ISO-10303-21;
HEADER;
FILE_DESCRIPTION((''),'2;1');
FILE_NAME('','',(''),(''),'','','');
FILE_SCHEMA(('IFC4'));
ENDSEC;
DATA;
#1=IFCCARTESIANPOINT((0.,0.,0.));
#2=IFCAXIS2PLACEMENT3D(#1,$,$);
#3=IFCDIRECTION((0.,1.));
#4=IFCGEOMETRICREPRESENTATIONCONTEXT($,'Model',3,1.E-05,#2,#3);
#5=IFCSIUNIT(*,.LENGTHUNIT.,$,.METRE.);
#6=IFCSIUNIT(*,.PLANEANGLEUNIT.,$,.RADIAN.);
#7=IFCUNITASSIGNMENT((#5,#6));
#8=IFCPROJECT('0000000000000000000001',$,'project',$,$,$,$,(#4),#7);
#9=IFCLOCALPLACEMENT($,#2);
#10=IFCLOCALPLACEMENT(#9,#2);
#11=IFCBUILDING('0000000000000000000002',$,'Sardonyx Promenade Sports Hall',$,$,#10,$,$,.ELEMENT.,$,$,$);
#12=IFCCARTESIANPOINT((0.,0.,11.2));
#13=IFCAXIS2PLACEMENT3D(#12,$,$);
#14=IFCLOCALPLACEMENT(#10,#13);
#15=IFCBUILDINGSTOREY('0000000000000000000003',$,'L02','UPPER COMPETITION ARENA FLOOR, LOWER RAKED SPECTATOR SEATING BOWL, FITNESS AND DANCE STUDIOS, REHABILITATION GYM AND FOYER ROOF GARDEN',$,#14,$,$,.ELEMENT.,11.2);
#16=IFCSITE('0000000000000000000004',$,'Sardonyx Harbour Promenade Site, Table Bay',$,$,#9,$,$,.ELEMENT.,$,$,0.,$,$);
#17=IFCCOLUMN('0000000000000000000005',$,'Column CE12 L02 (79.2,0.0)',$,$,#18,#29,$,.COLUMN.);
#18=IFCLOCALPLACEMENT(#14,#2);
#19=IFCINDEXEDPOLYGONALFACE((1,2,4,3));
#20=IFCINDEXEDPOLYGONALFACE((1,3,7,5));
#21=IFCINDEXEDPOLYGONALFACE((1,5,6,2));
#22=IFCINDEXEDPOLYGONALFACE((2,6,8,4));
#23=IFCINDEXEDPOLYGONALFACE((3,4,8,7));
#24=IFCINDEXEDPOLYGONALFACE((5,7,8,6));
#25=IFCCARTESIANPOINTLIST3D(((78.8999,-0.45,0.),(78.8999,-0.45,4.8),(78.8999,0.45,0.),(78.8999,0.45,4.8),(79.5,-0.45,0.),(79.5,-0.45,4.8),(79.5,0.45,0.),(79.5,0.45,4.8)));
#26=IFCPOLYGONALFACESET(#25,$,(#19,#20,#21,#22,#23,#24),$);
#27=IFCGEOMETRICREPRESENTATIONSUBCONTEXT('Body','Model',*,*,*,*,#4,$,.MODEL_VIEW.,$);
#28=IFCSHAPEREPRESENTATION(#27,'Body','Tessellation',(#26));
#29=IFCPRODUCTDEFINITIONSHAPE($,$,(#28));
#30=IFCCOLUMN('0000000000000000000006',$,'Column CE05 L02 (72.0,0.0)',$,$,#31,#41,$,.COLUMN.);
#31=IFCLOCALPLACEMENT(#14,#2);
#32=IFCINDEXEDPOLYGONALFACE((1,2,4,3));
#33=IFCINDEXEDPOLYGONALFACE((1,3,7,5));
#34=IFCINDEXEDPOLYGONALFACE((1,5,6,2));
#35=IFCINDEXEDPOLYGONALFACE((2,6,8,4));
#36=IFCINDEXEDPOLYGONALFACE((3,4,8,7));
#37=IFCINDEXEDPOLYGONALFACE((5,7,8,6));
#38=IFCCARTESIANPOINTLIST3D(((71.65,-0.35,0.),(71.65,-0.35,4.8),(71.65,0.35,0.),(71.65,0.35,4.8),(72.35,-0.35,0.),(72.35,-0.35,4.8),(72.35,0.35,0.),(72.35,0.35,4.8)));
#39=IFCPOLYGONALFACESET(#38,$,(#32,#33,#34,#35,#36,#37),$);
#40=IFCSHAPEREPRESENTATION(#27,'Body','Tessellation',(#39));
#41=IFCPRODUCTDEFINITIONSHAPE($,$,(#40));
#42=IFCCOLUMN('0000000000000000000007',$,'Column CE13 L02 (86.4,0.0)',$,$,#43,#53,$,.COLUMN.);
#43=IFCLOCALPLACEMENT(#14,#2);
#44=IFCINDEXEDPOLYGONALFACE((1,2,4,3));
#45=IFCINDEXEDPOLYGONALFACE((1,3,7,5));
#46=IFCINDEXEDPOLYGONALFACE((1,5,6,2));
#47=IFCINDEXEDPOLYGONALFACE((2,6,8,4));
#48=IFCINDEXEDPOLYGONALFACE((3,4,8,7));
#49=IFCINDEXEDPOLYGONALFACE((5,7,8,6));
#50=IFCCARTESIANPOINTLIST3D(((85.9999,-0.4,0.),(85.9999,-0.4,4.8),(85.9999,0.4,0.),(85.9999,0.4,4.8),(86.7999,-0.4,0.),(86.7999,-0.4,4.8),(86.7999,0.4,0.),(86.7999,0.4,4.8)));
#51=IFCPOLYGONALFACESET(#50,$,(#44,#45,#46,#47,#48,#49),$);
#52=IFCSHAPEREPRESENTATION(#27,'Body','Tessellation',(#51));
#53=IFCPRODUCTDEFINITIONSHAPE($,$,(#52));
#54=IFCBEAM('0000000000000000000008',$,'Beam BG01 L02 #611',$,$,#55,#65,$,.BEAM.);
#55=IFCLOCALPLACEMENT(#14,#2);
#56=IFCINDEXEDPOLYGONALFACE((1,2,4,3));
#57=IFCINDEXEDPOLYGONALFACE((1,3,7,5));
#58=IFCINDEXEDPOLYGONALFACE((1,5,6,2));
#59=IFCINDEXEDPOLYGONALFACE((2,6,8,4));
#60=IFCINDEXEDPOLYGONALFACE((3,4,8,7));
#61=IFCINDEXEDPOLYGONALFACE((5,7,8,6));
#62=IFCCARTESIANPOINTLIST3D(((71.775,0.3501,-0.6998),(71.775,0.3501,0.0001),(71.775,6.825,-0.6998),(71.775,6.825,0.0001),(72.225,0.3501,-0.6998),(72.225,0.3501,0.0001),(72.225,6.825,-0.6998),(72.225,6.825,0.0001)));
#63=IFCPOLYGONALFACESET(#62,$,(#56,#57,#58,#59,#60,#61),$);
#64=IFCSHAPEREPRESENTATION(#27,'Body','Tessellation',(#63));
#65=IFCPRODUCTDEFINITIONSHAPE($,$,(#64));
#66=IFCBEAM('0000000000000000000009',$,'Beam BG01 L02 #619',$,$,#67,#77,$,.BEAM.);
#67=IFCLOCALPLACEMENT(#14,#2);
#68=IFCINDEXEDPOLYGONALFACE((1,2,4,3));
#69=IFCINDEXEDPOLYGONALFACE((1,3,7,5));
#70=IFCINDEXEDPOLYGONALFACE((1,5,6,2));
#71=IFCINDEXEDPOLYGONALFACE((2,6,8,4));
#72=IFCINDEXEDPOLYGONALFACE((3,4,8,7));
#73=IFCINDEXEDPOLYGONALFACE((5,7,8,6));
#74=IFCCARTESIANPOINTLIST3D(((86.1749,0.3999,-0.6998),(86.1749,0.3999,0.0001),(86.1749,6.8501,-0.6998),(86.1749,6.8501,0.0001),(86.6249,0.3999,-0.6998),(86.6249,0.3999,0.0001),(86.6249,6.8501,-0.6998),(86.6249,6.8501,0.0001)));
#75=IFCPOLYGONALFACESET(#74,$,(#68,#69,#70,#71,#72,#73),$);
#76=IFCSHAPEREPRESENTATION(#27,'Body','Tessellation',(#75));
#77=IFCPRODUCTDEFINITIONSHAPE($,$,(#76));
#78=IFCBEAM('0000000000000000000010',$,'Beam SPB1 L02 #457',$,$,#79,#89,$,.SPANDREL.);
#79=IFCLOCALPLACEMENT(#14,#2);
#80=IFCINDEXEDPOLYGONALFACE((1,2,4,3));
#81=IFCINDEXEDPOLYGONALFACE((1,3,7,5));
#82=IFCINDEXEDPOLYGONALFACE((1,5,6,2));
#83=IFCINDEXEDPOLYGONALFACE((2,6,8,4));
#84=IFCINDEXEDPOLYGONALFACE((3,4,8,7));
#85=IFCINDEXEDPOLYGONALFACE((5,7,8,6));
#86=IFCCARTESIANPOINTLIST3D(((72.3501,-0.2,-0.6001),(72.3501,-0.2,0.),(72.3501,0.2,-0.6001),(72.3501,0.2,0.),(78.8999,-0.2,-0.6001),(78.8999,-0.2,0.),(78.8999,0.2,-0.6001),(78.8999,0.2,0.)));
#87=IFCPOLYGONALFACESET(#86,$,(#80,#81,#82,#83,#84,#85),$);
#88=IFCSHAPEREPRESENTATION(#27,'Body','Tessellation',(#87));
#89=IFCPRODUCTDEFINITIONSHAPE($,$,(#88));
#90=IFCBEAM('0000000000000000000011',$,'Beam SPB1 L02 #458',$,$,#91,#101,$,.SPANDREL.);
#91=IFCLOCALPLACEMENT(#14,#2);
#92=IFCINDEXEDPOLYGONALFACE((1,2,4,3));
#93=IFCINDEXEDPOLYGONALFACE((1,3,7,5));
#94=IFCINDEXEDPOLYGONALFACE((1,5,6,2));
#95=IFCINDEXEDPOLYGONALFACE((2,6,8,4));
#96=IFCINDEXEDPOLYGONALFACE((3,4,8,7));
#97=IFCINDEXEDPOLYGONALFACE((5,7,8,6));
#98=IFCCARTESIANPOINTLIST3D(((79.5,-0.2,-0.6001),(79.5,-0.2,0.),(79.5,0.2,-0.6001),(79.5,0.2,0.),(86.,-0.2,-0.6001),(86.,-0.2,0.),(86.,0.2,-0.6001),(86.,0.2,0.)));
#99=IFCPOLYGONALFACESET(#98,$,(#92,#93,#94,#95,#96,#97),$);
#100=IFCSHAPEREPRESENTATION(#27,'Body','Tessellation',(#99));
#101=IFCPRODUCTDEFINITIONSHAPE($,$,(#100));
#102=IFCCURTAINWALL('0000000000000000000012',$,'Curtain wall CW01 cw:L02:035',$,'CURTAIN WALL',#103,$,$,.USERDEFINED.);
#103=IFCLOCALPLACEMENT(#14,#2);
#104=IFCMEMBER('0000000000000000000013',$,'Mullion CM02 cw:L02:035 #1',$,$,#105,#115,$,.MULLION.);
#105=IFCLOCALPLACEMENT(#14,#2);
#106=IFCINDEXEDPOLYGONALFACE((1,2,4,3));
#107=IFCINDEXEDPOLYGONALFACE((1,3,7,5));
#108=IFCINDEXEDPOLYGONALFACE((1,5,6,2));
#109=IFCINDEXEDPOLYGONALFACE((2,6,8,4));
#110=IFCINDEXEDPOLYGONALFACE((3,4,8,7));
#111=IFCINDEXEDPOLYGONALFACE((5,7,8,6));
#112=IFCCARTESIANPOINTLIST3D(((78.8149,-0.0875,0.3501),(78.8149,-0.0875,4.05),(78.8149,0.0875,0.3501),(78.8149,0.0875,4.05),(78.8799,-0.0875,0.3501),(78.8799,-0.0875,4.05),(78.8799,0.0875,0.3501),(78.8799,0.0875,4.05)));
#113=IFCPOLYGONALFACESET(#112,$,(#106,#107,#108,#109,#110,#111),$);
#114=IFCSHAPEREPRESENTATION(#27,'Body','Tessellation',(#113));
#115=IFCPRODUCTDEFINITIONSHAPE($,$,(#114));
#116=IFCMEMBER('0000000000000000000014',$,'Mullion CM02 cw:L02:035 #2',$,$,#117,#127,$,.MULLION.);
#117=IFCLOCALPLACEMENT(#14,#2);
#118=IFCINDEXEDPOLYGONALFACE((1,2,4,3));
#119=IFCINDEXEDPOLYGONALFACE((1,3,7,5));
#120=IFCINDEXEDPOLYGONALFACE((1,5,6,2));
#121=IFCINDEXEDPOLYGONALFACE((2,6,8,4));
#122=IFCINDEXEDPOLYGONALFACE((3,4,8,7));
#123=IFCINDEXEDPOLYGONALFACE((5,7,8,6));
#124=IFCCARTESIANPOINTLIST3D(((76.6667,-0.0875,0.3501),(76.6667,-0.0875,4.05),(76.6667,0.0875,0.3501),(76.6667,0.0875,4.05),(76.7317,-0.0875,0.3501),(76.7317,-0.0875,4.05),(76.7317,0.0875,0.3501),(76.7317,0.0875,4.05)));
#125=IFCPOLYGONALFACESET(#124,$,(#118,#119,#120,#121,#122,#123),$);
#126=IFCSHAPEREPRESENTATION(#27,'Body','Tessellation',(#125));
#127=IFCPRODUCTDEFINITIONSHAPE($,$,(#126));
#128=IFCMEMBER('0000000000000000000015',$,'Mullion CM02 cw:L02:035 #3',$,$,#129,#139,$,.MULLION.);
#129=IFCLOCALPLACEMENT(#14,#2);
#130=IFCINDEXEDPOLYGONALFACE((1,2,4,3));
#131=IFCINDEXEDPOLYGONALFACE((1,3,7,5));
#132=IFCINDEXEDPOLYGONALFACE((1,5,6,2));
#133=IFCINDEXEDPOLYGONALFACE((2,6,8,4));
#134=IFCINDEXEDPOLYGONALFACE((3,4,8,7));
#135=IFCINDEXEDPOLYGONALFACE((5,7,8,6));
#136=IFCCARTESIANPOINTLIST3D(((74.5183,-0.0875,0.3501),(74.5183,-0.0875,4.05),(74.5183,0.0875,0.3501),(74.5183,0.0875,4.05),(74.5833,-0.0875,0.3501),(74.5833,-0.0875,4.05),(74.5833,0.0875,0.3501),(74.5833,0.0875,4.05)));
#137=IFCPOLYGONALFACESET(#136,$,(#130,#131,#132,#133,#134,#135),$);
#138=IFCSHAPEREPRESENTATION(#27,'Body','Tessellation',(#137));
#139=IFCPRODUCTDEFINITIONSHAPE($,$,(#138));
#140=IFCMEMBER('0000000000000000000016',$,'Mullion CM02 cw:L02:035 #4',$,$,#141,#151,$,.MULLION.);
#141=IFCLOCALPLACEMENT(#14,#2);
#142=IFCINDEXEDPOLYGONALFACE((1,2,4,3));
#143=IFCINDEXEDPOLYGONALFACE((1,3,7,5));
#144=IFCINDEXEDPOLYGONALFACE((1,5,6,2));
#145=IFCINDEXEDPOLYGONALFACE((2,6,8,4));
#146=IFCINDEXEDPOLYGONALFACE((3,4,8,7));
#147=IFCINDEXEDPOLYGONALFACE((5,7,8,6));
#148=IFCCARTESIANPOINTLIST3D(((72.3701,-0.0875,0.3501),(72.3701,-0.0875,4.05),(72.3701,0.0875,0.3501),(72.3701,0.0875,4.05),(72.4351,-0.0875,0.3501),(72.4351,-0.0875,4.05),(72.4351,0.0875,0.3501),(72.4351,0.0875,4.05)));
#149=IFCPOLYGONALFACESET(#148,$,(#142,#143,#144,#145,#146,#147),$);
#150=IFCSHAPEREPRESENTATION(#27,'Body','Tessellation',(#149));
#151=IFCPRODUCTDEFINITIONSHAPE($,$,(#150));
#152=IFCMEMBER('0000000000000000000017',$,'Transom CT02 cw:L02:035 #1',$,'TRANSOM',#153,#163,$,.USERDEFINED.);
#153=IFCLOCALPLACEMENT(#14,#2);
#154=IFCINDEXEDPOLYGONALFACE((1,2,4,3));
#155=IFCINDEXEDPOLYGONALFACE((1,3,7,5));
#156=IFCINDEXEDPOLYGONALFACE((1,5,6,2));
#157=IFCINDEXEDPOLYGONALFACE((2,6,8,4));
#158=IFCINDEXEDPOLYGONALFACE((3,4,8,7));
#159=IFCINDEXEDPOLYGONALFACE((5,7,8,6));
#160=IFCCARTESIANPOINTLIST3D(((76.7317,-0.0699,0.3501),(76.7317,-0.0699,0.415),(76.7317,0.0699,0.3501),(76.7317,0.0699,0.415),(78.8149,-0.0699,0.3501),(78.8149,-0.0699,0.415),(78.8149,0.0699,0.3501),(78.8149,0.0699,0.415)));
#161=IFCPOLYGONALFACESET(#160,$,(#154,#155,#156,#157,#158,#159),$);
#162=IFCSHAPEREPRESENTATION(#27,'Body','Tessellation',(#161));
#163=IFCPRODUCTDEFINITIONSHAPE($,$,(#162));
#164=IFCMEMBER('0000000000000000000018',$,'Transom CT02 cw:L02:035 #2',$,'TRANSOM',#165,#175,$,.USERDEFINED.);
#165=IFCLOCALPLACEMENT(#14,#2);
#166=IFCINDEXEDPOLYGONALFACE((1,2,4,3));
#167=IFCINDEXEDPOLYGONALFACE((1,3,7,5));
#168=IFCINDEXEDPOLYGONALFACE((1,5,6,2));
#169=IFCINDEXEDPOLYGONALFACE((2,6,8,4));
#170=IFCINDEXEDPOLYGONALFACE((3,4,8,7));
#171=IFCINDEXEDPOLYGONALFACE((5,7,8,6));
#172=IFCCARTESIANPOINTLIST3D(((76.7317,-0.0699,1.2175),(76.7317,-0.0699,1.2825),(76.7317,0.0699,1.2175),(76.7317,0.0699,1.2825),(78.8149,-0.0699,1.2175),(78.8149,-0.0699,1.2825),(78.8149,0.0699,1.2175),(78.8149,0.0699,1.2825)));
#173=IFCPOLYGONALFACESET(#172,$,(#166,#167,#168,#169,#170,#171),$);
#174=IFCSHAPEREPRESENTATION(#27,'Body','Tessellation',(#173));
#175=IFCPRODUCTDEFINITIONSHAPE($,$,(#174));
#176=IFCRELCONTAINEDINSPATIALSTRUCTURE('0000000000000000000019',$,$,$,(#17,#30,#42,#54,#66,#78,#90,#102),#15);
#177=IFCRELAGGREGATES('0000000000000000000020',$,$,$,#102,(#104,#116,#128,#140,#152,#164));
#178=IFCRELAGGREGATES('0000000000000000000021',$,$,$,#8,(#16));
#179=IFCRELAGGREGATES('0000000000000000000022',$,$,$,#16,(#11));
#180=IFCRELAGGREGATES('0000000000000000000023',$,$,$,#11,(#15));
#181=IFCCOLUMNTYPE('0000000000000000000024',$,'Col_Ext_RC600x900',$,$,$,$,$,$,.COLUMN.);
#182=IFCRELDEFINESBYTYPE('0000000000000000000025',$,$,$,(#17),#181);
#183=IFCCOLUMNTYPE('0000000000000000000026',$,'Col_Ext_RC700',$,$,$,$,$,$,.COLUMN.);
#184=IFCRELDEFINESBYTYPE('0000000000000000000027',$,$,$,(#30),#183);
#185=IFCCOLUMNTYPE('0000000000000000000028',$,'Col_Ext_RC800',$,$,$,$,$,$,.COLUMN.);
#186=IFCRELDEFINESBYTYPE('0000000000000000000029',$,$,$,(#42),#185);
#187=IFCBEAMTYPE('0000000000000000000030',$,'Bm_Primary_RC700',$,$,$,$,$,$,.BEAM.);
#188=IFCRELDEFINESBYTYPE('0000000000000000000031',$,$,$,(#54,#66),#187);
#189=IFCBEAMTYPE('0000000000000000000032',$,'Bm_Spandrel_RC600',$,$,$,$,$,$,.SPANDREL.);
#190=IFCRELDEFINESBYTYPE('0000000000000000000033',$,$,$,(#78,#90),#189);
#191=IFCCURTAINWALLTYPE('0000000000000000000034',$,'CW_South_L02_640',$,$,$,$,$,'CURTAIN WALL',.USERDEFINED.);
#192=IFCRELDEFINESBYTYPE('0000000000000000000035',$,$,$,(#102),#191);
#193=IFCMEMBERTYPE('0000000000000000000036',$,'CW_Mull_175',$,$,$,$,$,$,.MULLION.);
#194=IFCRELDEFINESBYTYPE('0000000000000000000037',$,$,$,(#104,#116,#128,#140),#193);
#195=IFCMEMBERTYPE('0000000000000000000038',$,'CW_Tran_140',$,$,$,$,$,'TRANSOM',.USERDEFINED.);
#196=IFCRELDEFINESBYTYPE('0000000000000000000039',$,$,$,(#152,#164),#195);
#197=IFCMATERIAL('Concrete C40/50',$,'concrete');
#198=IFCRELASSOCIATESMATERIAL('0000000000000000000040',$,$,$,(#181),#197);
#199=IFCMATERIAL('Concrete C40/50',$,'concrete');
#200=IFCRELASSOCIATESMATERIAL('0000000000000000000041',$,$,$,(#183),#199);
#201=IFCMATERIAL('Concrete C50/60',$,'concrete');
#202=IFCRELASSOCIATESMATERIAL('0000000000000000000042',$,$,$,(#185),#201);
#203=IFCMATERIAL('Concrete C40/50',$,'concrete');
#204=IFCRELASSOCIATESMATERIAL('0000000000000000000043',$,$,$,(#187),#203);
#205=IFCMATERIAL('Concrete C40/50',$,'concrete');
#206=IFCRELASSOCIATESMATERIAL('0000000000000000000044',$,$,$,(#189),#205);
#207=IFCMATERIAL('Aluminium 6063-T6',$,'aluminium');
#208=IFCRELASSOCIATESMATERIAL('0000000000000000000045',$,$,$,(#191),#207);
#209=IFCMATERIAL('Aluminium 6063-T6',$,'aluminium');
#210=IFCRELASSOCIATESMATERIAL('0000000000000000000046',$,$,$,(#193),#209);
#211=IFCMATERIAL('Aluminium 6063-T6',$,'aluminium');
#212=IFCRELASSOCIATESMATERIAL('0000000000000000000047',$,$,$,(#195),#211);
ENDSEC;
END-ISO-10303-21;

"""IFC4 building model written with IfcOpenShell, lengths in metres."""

from ifc_helpers import new_model, si_unit, direction, frame, origin, origin_2d, place, context, subcontext, project, spatial, rectangle, extrude, material, material_profile, profile_set, type_object, element, aggregate, save


model = new_model("IFC4")

# Units and contexts
model_context = context("Model", 3, precision=1e-05, world=origin(), true_north=direction((0.0, 1.0)))
body_context = subcontext(model_context, "Body", "Model", "MODEL_VIEW")
ifc_project = project(units=[si_unit("LENGTHUNIT", "METRE"), si_unit("PLANEANGLEUNIT", "RADIAN")], contexts=[model_context])

# Site, building, storey
site_placement = place(None, origin())
site = spatial("IfcSite", under=ifc_project, at=site_placement, Name="Sardonyx Harbour Promenade Site, Table Bay", CompositionType="ELEMENT", RefElevation=0.0)
building_placement = place(site_placement, origin())
building = spatial("IfcBuilding", under=site, at=building_placement, Name="Sardonyx Promenade Sports Hall", CompositionType="ELEMENT")
storey_placement = place(building_placement, frame((0.0, 0.0, 11.2)))
storey = spatial("IfcBuildingStorey", under=building, at=storey_placement, Name="L02", Description="UPPER COMPETITION ARENA FLOOR, LOWER RAKED SPECTATOR SEATING BOWL, FITNESS AND DANCE STUDIOS, REHABILITATION GYM AND FOYER ROOF GARDEN", CompositionType="ELEMENT", Elevation=11.2)

# Columns
ifc_material_1 = material(Name="Concrete C40/50", Category="concrete")
ifc_material_profile_1 = material_profile(ifc_material_1, rectangle(XDim=0.6001, YDim=0.8999, at=origin_2d()))
ifc_profile_set_1 = profile_set([ifc_material_profile_1], Name="Concrete C40/50")
column_type_1 = type_object("IfcColumnType", Name="Col_Ext_RC600x900", PredefinedType="COLUMN", material=ifc_profile_set_1)
column_1_placement = place(storey_placement, frame((79.2, 0.0, 0.0), z_axis=(0.0, 0.0, 1.0), x_axis=(1.0, 0.0, 0.0)))
element("IfcColumn", 1, at=column_1_placement, inside=storey, type_object=column_type_1, Name="Column CE12 L02 (79.2,0.0)", PredefinedType="COLUMN", context=body_context, shape_type="SweptSolid", body=[
    extrude(rectangle(XDim=0.6001, YDim=0.8999, at=origin_2d()), origin(), (0.0, 0.0, 1.0), 4.8),
])
ifc_material_2 = material(Name="Concrete C40/50", Category="concrete")
ifc_material_profile_2 = material_profile(ifc_material_2, rectangle(XDim=0.7, YDim=0.7, at=origin_2d()))
ifc_profile_set_2 = profile_set([ifc_material_profile_2], Name="Concrete C40/50")
column_type_2 = type_object("IfcColumnType", Name="Col_Ext_RC700", PredefinedType="COLUMN", material=ifc_profile_set_2)
column_2_placement = place(storey_placement, frame((72.0, 0.0, 0.0), z_axis=(0.0, 0.0, 1.0), x_axis=(1.0, 0.0, 0.0)))
element("IfcColumn", 2, at=column_2_placement, inside=storey, type_object=column_type_2, Name="Column CE05 L02 (72.0,0.0)", PredefinedType="COLUMN", context=body_context, shape_type="SweptSolid", body=[
    extrude(rectangle(XDim=0.7, YDim=0.7, at=origin_2d()), origin(), (0.0, 0.0, 1.0), 4.8),
])
ifc_material_3 = material(Name="Concrete C50/60", Category="concrete")
ifc_material_profile_3 = material_profile(ifc_material_3, rectangle(XDim=0.8, YDim=0.8, at=origin_2d()))
ifc_profile_set_3 = profile_set([ifc_material_profile_3], Name="Concrete C50/60")
column_type_3 = type_object("IfcColumnType", Name="Col_Ext_RC800", PredefinedType="COLUMN", material=ifc_profile_set_3)
column_3_placement = place(storey_placement, frame((86.3999, 0.0, 0.0), z_axis=(0.0, 0.0, 1.0), x_axis=(1.0, 0.0, 0.0)))
element("IfcColumn", 3, at=column_3_placement, inside=storey, type_object=column_type_3, Name="Column CE13 L02 (86.4,0.0)", PredefinedType="COLUMN", context=body_context, shape_type="SweptSolid", body=[
    extrude(rectangle(XDim=0.8, YDim=0.8, at=origin_2d()), origin(), (0.0, 0.0, 1.0), 4.8),
])

# Beams
ifc_material_4 = material(Name="Concrete C40/50", Category="concrete")
ifc_material_profile_4 = material_profile(ifc_material_4, rectangle(XDim=0.45, YDim=0.7, at=origin_2d()))
ifc_profile_set_4 = profile_set([ifc_material_profile_4], Name="Concrete C40/50")
beam_type_1 = type_object("IfcBeamType", Name="Bm_Primary_RC700", PredefinedType="BEAM", material=ifc_profile_set_4)
beam_1_placement = place(storey_placement, frame((72.0, 0.3501, -0.3499), z_axis=(0.0, 1.0, 0.0), x_axis=(-1.0, 0.0, 0.0)))
element("IfcBeam", 4, at=beam_1_placement, inside=storey, type_object=beam_type_1, Name="Beam BG01 L02 #611", PredefinedType="BEAM", context=body_context, shape_type="SweptSolid", body=[
    extrude(rectangle(XDim=0.45, YDim=0.7, at=origin_2d()), origin(), (0.0, 0.0, 1.0), 6.4749),
])
beam_2_placement = place(storey_placement, frame((86.3999, 0.3999, -0.3499), z_axis=(0.0, 1.0, 0.0), x_axis=(-1.0, 0.0, 0.0)))
element("IfcBeam", 5, at=beam_2_placement, inside=storey, type_object=beam_type_1, Name="Beam BG01 L02 #619", PredefinedType="BEAM", context=body_context, shape_type="SweptSolid", body=[
    extrude(rectangle(XDim=0.45, YDim=0.7, at=origin_2d()), origin(), (0.0, 0.0, 1.0), 6.4502),
])
ifc_material_5 = material(Name="Concrete C40/50", Category="concrete")
ifc_material_profile_5 = material_profile(ifc_material_5, rectangle(XDim=0.3999, YDim=0.6001, at=origin_2d()))
ifc_profile_set_5 = profile_set([ifc_material_profile_5], Name="Concrete C40/50")
beam_type_2 = type_object("IfcBeamType", Name="Bm_Spandrel_RC600", PredefinedType="SPANDREL", material=ifc_profile_set_5)
beam_3_placement = place(storey_placement, frame((72.3501, 0.0, -0.3), z_axis=(1.0, 0.0, 0.0), x_axis=(0.0, 1.0, 0.0)))
element("IfcBeam", 6, at=beam_3_placement, inside=storey, type_object=beam_type_2, Name="Beam SPB1 L02 #457", PredefinedType="SPANDREL", context=body_context, shape_type="SweptSolid", body=[
    extrude(rectangle(XDim=0.3999, YDim=0.6001, at=origin_2d()), origin(), (0.0, 0.0, 1.0), 6.5498),
])
beam_4_placement = place(storey_placement, frame((79.5, 0.0, -0.3), z_axis=(1.0, 0.0, 0.0), x_axis=(0.0, 1.0, 0.0)))
element("IfcBeam", 7, at=beam_4_placement, inside=storey, type_object=beam_type_2, Name="Beam SPB1 L02 #458", PredefinedType="SPANDREL", context=body_context, shape_type="SweptSolid", body=[
    extrude(rectangle(XDim=0.3999, YDim=0.6001, at=origin_2d()), origin(), (0.0, 0.0, 1.0), 6.5),
])

# Curtain wall, members
ifc_material_6 = material(Name="Aluminium 6063-T6", Category="aluminium")
curtain_wall_type = type_object("IfcCurtainWallType", Name="CW_South_L02_640", ElementType="CURTAIN WALL", PredefinedType="USERDEFINED", material=ifc_material_6)
curtain_wall_placement = place(storey_placement, origin())
curtain_wall = element("IfcCurtainWall", 8, at=curtain_wall_placement, inside=storey, type_object=curtain_wall_type, Name="Curtain wall CW01 cw:L02:035", ObjectType="CURTAIN WALL", PredefinedType="USERDEFINED")
ifc_material_7 = material(Name="Aluminium 6063-T6", Category="aluminium")
ifc_material_profile_6 = material_profile(ifc_material_7, rectangle(XDim=0.0649, YDim=0.175, at=origin_2d()))
ifc_profile_set_6 = profile_set([ifc_material_profile_6], Name="Aluminium 6063-T6")
member_type_1 = type_object("IfcMemberType", Name="CW_Mull_175", PredefinedType="MULLION", material=ifc_profile_set_6)
member_1_placement = place(storey_placement, frame((78.8474, 0.0, 0.3501), z_axis=(0.0, 0.0, 1.0), x_axis=(-1.0, 0.0, 0.0)))
member_1 = element("IfcMember", 9, at=member_1_placement, type_object=member_type_1, Name="Mullion CM02 cw:L02:035 #1", PredefinedType="MULLION", context=body_context, shape_type="SweptSolid", body=[
    extrude(rectangle(XDim=0.0649, YDim=0.175, at=origin_2d()), origin(), (0.0, 0.0, 1.0), 3.7),
])
member_2_placement = place(storey_placement, frame((76.6992, 0.0, 0.3501), z_axis=(0.0, 0.0, 1.0), x_axis=(-1.0, 0.0, 0.0)))
member_2 = element("IfcMember", 10, at=member_2_placement, type_object=member_type_1, Name="Mullion CM02 cw:L02:035 #2", PredefinedType="MULLION", context=body_context, shape_type="SweptSolid", body=[
    extrude(rectangle(XDim=0.0649, YDim=0.175, at=origin_2d()), origin(), (0.0, 0.0, 1.0), 3.7),
])
member_3_placement = place(storey_placement, frame((74.5508, 0.0, 0.3501), z_axis=(0.0, 0.0, 1.0), x_axis=(-1.0, 0.0, 0.0)))
member_3 = element("IfcMember", 11, at=member_3_placement, type_object=member_type_1, Name="Mullion CM02 cw:L02:035 #3", PredefinedType="MULLION", context=body_context, shape_type="SweptSolid", body=[
    extrude(rectangle(XDim=0.0649, YDim=0.175, at=origin_2d()), origin(), (0.0, 0.0, 1.0), 3.7),
])
member_4_placement = place(storey_placement, frame((72.4026, 0.0, 0.3501), z_axis=(0.0, 0.0, 1.0), x_axis=(-1.0, 0.0, 0.0)))
member_4 = element("IfcMember", 12, at=member_4_placement, type_object=member_type_1, Name="Mullion CM02 cw:L02:035 #4", PredefinedType="MULLION", context=body_context, shape_type="SweptSolid", body=[
    extrude(rectangle(XDim=0.0649, YDim=0.175, at=origin_2d()), origin(), (0.0, 0.0, 1.0), 3.7),
])
ifc_material_8 = material(Name="Aluminium 6063-T6", Category="aluminium")
ifc_material_profile_7 = material_profile(ifc_material_8, rectangle(XDim=0.0649, YDim=0.1399, at=origin_2d()))
ifc_profile_set_7 = profile_set([ifc_material_profile_7], Name="Aluminium 6063-T6")
member_type_2 = type_object("IfcMemberType", Name="CW_Tran_140", ElementType="TRANSOM", PredefinedType="USERDEFINED", material=ifc_profile_set_7)
member_5_placement = place(storey_placement, frame((78.8149, 0.0, 0.3826), z_axis=(-1.0, 0.0, 0.0), x_axis=(0.0, 0.0, 1.0)))
member_5 = element("IfcMember", 13, at=member_5_placement, type_object=member_type_2, Name="Transom CT02 cw:L02:035 #1", ObjectType="TRANSOM", PredefinedType="USERDEFINED", context=body_context, shape_type="SweptSolid", body=[
    extrude(rectangle(XDim=0.0649, YDim=0.1399, at=origin_2d()), origin(), (0.0, 0.0, 1.0), 2.0833),
])
member_6_placement = place(storey_placement, frame((78.8149, 0.0, 1.25), z_axis=(-1.0, 0.0, 0.0), x_axis=(0.0, 0.0, 1.0)))
member_6 = element("IfcMember", 14, at=member_6_placement, type_object=member_type_2, Name="Transom CT02 cw:L02:035 #2", ObjectType="TRANSOM", PredefinedType="USERDEFINED", context=body_context, shape_type="SweptSolid", body=[
    extrude(rectangle(XDim=0.0649, YDim=0.1399, at=origin_2d()), origin(), (0.0, 0.0, 1.0), 2.0833),
])
aggregate(curtain_wall, [member_1, member_2, member_3, member_4, member_5, member_6])

save(model, "model.ifc")
